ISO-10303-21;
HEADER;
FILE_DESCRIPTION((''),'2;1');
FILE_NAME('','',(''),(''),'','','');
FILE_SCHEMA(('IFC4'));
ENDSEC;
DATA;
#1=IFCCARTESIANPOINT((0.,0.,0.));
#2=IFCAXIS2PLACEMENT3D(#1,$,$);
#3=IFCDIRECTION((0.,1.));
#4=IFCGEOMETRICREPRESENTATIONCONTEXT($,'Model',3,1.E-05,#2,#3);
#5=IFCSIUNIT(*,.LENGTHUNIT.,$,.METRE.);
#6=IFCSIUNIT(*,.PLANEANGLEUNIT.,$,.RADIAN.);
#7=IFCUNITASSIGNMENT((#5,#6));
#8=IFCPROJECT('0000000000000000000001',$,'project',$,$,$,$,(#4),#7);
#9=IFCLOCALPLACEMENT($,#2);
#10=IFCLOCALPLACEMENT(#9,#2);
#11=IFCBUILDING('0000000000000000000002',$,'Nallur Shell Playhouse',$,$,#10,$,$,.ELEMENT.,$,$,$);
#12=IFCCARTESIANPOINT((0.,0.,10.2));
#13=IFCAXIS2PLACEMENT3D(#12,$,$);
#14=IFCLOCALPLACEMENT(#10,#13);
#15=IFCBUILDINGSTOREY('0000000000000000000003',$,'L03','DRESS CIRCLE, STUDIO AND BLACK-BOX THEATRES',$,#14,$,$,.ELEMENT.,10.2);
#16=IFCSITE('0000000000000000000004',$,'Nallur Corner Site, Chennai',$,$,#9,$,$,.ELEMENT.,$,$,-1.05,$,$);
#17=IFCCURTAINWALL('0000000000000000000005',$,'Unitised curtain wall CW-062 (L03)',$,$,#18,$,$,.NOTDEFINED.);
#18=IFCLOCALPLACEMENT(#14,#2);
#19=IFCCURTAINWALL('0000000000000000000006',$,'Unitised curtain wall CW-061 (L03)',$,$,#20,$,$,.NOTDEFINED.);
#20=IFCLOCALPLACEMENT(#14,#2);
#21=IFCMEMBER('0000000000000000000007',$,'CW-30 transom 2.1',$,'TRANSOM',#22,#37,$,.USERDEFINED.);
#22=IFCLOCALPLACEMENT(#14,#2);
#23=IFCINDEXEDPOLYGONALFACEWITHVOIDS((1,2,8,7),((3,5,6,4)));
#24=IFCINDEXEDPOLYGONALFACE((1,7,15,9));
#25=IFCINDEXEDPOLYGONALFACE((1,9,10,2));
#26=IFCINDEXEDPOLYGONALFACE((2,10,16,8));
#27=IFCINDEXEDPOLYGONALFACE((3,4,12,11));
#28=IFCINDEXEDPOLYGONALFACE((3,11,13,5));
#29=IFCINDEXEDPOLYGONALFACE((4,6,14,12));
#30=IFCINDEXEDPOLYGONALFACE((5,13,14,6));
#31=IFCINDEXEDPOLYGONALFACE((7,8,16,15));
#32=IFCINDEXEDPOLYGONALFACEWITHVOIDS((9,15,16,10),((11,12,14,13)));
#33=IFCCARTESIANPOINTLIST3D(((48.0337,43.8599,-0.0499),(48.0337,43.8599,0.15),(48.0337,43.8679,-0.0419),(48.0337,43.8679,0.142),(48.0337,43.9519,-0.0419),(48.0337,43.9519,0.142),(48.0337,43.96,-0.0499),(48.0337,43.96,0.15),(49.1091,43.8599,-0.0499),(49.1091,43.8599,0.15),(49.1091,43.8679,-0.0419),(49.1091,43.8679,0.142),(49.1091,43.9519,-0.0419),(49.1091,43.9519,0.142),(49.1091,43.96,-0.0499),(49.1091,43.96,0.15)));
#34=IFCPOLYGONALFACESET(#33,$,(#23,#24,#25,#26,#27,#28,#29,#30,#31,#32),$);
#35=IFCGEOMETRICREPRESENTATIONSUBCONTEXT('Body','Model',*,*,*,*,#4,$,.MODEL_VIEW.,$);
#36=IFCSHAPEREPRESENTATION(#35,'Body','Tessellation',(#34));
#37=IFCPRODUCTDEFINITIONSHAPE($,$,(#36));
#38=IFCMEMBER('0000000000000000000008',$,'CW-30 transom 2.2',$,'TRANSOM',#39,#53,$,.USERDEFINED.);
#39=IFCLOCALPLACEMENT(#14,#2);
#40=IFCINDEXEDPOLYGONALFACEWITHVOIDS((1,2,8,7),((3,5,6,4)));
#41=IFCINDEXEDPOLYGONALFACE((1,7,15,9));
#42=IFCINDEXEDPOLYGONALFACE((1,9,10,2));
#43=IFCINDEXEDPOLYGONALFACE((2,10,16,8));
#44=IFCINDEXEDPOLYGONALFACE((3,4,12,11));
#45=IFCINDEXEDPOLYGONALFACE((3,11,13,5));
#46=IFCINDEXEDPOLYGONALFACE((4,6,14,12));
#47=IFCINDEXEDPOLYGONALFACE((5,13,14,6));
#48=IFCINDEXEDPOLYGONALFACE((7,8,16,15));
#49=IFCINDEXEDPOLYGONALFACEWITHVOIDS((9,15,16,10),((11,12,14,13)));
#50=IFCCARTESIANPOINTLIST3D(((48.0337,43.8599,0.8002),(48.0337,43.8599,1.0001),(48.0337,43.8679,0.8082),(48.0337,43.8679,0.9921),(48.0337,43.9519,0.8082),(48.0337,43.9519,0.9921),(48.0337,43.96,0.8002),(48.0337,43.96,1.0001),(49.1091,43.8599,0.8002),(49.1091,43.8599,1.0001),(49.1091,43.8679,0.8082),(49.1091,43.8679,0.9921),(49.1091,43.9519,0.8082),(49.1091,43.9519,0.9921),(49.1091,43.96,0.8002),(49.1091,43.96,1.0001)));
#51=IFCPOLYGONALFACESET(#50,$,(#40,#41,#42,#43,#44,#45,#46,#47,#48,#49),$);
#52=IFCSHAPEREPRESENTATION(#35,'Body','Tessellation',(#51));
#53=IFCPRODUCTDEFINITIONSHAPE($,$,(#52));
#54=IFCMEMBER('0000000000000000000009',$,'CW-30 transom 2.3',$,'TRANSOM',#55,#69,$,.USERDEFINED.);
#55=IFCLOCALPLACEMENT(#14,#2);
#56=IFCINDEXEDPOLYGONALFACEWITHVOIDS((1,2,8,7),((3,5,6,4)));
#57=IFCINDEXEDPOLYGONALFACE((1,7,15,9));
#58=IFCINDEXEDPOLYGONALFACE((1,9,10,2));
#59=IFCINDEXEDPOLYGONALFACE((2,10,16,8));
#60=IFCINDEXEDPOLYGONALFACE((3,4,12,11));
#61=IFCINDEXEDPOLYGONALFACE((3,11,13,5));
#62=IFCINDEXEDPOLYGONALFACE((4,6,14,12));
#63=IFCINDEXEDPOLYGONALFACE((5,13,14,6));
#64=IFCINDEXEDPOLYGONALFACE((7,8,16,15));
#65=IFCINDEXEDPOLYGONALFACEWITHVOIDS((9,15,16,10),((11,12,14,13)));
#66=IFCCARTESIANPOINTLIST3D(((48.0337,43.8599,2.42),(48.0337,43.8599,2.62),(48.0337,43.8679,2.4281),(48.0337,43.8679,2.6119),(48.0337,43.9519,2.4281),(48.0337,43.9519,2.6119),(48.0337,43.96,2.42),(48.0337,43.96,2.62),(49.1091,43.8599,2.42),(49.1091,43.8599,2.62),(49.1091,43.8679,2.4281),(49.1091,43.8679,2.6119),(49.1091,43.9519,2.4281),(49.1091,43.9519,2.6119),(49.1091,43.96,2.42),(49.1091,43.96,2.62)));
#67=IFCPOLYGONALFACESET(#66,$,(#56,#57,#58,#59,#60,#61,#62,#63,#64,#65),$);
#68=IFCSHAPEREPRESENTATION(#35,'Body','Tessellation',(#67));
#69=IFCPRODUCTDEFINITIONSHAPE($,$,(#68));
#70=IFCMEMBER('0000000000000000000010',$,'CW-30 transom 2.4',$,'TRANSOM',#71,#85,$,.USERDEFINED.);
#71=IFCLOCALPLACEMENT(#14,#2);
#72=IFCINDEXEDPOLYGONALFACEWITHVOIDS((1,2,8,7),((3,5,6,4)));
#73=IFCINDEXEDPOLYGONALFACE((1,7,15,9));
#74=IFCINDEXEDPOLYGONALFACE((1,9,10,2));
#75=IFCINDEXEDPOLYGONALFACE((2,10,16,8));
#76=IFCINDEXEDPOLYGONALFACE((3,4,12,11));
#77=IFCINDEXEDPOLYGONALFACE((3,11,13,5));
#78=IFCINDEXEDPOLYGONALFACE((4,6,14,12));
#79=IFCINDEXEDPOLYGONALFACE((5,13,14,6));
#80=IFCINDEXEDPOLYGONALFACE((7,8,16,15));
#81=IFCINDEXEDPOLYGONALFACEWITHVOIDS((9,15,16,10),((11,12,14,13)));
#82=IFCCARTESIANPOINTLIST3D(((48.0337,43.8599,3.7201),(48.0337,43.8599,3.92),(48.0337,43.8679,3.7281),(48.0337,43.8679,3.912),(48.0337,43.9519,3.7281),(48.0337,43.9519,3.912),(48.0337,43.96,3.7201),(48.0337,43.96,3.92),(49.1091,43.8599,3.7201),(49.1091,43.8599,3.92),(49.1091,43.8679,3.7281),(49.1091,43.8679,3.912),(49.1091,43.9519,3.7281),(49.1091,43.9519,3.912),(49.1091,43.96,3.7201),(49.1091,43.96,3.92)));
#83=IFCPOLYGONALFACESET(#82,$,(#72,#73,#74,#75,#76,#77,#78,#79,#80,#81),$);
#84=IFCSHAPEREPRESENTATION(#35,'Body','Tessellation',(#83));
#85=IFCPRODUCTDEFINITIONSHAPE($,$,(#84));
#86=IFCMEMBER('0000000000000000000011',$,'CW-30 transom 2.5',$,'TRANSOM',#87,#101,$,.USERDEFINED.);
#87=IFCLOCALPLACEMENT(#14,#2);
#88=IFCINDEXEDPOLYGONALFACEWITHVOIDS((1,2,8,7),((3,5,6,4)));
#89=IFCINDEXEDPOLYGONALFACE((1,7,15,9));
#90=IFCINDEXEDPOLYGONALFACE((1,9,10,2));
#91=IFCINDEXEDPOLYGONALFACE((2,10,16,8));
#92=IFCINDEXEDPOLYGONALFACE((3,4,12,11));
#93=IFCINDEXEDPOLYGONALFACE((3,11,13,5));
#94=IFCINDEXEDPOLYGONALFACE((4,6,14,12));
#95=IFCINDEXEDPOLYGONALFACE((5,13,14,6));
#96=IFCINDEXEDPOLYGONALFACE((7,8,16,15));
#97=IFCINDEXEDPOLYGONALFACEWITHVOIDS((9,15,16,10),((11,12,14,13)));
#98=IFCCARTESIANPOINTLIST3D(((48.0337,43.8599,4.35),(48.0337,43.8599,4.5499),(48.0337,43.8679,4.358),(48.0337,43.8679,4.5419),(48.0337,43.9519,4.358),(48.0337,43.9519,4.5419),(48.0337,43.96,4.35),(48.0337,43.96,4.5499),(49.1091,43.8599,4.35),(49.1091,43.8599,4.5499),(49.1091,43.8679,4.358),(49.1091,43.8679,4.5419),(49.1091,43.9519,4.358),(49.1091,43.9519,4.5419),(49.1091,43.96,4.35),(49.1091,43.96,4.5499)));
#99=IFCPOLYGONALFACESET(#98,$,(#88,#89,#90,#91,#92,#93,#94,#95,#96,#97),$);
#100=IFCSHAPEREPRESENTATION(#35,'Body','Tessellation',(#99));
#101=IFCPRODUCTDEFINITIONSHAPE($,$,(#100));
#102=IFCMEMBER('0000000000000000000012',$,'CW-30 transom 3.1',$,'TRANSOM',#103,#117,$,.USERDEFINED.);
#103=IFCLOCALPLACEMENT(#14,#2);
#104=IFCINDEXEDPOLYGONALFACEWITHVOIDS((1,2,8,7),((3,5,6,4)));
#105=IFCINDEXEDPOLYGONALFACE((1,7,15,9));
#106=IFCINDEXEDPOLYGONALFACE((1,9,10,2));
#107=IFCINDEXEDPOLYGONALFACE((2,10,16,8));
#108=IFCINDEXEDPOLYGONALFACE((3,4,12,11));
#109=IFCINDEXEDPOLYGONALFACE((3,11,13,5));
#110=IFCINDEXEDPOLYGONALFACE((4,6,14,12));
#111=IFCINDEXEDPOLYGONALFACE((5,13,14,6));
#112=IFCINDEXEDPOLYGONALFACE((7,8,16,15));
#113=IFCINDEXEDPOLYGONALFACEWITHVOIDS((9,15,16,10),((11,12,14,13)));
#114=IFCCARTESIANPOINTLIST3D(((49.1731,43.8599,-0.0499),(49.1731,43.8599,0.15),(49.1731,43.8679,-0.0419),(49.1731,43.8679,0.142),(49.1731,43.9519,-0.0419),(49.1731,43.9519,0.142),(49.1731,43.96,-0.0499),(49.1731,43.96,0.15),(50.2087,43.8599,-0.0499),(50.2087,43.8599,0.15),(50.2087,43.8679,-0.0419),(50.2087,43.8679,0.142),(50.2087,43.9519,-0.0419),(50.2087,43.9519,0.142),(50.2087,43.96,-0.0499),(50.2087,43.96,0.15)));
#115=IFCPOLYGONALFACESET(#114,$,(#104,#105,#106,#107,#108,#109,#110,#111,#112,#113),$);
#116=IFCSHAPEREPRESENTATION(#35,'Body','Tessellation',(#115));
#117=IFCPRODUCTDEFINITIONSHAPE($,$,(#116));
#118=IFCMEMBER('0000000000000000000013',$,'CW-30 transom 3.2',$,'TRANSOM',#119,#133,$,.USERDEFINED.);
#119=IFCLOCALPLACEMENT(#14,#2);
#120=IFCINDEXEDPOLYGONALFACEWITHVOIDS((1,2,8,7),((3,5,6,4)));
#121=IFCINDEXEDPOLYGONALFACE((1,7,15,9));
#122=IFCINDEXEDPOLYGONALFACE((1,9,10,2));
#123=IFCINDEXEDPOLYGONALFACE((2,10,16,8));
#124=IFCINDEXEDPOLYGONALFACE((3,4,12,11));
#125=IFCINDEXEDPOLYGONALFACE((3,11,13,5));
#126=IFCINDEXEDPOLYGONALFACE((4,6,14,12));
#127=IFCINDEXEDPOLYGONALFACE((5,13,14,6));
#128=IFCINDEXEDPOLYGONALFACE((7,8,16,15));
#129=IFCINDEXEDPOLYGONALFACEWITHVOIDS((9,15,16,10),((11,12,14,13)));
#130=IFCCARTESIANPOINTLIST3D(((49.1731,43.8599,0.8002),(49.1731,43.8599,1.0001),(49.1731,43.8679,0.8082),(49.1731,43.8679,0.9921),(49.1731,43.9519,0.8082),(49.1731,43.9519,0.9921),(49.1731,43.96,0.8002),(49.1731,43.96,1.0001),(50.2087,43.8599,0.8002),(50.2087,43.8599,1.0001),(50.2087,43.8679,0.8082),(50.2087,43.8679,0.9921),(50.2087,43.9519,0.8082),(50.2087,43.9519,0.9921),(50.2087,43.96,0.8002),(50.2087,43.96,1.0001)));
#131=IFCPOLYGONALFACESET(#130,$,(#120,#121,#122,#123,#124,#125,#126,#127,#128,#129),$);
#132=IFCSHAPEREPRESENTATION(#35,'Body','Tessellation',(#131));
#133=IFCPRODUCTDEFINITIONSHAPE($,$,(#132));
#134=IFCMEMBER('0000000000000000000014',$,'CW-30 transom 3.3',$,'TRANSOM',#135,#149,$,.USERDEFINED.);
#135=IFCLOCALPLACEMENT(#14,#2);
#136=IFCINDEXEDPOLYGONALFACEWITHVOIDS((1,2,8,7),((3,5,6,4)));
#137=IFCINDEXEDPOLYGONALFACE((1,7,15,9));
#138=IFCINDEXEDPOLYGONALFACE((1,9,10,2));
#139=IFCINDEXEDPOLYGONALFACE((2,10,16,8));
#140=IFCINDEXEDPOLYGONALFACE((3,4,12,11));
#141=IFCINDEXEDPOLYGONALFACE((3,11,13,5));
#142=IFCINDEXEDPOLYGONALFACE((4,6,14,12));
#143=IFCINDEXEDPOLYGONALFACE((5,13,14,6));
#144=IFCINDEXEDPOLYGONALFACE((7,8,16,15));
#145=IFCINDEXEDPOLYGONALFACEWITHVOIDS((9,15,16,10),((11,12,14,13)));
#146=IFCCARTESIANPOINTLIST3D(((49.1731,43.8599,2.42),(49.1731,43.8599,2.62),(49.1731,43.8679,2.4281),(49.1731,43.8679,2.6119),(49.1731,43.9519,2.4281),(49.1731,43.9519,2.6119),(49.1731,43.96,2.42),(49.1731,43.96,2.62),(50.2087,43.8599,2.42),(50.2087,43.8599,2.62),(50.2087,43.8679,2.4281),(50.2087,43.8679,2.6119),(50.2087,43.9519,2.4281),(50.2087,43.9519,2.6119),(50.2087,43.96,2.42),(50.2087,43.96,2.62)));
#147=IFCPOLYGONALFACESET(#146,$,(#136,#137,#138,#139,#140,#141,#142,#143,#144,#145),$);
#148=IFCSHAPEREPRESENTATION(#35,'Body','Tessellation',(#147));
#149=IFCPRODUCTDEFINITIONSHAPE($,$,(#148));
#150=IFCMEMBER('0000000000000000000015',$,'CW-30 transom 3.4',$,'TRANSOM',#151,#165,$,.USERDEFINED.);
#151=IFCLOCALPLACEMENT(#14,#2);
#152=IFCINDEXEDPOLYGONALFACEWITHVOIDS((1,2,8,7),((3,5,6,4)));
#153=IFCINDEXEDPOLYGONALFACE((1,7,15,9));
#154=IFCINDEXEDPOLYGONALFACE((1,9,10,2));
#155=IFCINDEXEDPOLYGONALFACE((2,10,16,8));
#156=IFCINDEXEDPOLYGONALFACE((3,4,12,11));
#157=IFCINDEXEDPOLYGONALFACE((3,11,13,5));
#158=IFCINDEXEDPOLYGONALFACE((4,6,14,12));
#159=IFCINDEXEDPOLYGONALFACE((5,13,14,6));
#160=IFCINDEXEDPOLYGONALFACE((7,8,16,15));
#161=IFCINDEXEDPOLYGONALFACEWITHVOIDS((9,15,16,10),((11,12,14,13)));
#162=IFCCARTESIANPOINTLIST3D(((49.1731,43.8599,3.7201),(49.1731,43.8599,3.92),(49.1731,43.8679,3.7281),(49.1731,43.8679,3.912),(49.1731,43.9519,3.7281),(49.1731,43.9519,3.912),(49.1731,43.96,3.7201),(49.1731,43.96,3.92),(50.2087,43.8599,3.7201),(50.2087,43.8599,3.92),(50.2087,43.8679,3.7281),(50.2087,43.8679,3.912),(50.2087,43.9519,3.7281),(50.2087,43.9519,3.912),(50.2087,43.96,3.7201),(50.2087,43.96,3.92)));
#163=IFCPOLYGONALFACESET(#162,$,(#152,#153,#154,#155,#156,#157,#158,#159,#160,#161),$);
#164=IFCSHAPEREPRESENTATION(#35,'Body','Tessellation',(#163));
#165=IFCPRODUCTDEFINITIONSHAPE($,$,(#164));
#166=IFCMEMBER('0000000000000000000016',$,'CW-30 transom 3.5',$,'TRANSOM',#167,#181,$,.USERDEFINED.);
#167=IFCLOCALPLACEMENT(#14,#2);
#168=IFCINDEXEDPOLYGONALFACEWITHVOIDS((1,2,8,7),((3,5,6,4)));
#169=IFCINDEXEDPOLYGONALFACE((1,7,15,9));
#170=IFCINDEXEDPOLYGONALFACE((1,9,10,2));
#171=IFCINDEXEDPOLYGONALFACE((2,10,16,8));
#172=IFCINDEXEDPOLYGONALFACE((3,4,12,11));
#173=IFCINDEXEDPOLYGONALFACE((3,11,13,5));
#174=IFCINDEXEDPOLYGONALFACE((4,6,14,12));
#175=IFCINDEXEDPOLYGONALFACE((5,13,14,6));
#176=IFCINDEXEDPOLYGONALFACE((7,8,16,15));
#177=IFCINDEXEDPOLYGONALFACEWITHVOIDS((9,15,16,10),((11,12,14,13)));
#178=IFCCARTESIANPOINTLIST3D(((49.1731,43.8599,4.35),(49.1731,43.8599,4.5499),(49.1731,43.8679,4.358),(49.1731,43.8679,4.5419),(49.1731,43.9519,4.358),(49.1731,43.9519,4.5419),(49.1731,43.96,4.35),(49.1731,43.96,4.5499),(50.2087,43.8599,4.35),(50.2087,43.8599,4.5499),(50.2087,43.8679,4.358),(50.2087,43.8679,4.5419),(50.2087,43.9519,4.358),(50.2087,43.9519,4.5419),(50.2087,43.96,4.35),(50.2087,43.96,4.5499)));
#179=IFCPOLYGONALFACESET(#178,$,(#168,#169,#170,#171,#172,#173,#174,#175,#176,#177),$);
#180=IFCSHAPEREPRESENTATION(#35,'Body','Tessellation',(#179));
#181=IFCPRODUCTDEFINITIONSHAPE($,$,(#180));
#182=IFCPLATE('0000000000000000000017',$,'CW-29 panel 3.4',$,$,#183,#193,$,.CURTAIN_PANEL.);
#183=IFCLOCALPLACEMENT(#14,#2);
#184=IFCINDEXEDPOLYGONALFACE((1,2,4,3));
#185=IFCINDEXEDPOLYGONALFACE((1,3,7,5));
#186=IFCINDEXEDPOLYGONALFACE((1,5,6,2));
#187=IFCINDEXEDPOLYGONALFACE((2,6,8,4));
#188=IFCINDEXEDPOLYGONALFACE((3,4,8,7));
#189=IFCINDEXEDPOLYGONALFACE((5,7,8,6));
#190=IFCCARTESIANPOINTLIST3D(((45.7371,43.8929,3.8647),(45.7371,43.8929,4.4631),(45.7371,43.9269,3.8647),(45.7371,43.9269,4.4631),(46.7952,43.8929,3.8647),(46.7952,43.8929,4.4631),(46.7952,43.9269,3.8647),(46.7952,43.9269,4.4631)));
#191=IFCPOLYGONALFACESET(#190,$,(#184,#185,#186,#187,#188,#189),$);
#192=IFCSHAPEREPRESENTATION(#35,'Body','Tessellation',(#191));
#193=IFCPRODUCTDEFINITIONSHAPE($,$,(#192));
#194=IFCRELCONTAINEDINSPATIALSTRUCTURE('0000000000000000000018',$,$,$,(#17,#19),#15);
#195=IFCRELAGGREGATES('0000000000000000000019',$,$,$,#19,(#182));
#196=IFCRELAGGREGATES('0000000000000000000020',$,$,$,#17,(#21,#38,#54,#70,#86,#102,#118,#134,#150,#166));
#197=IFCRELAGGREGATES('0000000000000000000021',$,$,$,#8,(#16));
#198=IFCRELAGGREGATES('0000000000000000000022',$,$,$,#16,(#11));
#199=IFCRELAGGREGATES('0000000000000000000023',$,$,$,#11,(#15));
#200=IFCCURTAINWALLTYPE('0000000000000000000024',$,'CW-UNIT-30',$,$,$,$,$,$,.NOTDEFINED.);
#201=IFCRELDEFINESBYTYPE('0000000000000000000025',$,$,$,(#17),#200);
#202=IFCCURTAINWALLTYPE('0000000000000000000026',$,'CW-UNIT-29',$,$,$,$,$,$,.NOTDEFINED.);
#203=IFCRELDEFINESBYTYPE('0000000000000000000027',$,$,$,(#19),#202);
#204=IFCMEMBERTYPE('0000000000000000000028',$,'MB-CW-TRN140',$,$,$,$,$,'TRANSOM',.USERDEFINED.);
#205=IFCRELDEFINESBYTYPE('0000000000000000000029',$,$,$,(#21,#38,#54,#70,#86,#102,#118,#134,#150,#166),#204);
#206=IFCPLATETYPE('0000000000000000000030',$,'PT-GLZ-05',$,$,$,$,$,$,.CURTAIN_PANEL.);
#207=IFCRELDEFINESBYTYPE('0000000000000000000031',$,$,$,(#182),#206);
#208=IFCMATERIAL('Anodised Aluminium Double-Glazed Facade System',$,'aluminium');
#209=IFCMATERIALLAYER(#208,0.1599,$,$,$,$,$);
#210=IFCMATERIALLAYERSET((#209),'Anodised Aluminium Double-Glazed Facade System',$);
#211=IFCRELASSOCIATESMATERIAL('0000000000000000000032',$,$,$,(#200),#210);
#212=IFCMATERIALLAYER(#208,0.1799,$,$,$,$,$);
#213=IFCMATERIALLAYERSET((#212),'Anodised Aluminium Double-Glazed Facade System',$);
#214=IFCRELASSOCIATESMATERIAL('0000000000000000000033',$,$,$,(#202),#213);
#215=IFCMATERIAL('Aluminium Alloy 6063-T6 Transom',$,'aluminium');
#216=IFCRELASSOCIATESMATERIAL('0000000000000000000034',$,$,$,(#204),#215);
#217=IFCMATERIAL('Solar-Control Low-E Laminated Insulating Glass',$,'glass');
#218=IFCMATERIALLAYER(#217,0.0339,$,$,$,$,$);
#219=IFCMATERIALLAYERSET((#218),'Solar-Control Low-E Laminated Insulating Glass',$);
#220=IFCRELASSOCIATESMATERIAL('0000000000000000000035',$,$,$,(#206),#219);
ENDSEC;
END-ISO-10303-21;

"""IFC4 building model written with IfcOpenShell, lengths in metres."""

from ifc_helpers import new_model, si_unit, direction, frame, origin, origin_2d, place, context, subcontext, project, spatial, rectangle, hollow_rectangle, extrude, material, layer, layer_set, material_profile, profile_set, type_object, element, aggregate, save


model = new_model("IFC4")

# Units and contexts
model_context = context("Model", 3, precision=1e-05, world=origin(), true_north=direction((0.0, 1.0)))
body_context = subcontext(model_context, "Body", "Model", "MODEL_VIEW")
ifc_project = project(units=[si_unit("LENGTHUNIT", "METRE"), si_unit("PLANEANGLEUNIT", "RADIAN")], contexts=[model_context])

# Site, building, storey
site_placement = place(None, origin())
site = spatial("IfcSite", under=ifc_project, at=site_placement, Name="Nallur Corner Site, Chennai", CompositionType="ELEMENT", RefElevation=-1.05)
building_placement = place(site_placement, origin())
building = spatial("IfcBuilding", under=site, at=building_placement, Name="Nallur Shell Playhouse", CompositionType="ELEMENT")
storey_placement = place(building_placement, frame((0.0, 0.0, 10.2)))
storey = spatial("IfcBuildingStorey", under=building, at=storey_placement, Name="L03", Description="DRESS CIRCLE, STUDIO AND BLACK-BOX THEATRES", CompositionType="ELEMENT", Elevation=10.2)

# Curtain wall
ifc_material_1 = material(Name="Anodised Aluminium Double-Glazed Facade System", Category="aluminium")
ifc_layer_1 = layer(ifc_material_1, 0.1599)
ifc_layer_set_1 = layer_set([ifc_layer_1], Name="Anodised Aluminium Double-Glazed Facade System")
curtain_wall_type_1 = type_object("IfcCurtainWallType", Name="CW-UNIT-30", PredefinedType="NOTDEFINED", material=ifc_layer_set_1)
curtain_wall_1_placement = place(storey_placement, origin())
curtain_wall_1 = element("IfcCurtainWall", 1, at=curtain_wall_1_placement, inside=storey, type_object=curtain_wall_type_1, Name="Unitised curtain wall CW-062 (L03)", PredefinedType="NOTDEFINED")

# Curtain wall
ifc_layer_2 = layer(ifc_material_1, 0.1799)
ifc_layer_set_2 = layer_set([ifc_layer_2], Name="Anodised Aluminium Double-Glazed Facade System")
curtain_wall_type_2 = type_object("IfcCurtainWallType", Name="CW-UNIT-29", PredefinedType="NOTDEFINED", material=ifc_layer_set_2)
curtain_wall_2_placement = place(storey_placement, origin())
curtain_wall_2 = element("IfcCurtainWall", 2, at=curtain_wall_2_placement, inside=storey, type_object=curtain_wall_type_2, Name="Unitised curtain wall CW-061 (L03)", PredefinedType="NOTDEFINED")

# Members
ifc_material_2 = material(Name="Aluminium Alloy 6063-T6 Transom", Category="aluminium")
ifc_material_profile_1 = material_profile(ifc_material_2, hollow_rectangle(XDim=0.1001, YDim=0.2, WallThickness=0.0081, at=origin_2d()), Name="RHS 200x100x8")
ifc_profile_set_1 = profile_set([ifc_material_profile_1], Name="Aluminium Alloy 6063-T6 Transom")
member_type_1 = type_object("IfcMemberType", Name="MB-CW-TRN140", ElementType="TRANSOM", PredefinedType="USERDEFINED", material=ifc_profile_set_1)
member_1_placement = place(storey_placement, frame((48.0337, 43.9099, 0.05), z_axis=(1.0, 0.0, 0.0), x_axis=(0.0, 1.0, 0.0)))
member_1 = element("IfcMember", 3, at=member_1_placement, type_object=member_type_1, Name="CW-30 transom 2.1", ObjectType="TRANSOM", PredefinedType="USERDEFINED", context=body_context, shape_type="SweptSolid", body=[
    extrude(hollow_rectangle(XDim=0.1001, YDim=0.2, WallThickness=0.0081, at=origin_2d()), origin(), (0.0, 0.0, 1.0), 1.0754),
])
member_2_placement = place(storey_placement, frame((48.0337, 43.9099, 0.9001), z_axis=(1.0, 0.0, 0.0), x_axis=(0.0, 1.0, 0.0)))
member_2 = element("IfcMember", 4, at=member_2_placement, type_object=member_type_1, Name="CW-30 transom 2.2", ObjectType="TRANSOM", PredefinedType="USERDEFINED", context=body_context, shape_type="SweptSolid", body=[
    extrude(hollow_rectangle(XDim=0.1001, YDim=0.2, WallThickness=0.0081, at=origin_2d()), origin(), (0.0, 0.0, 1.0), 1.0754),
])
member_3_placement = place(storey_placement, frame((48.0337, 43.9099, 2.52), z_axis=(1.0, 0.0, 0.0), x_axis=(0.0, 1.0, 0.0)))
member_3 = element("IfcMember", 5, at=member_3_placement, type_object=member_type_1, Name="CW-30 transom 2.3", ObjectType="TRANSOM", PredefinedType="USERDEFINED", context=body_context, shape_type="SweptSolid", body=[
    extrude(hollow_rectangle(XDim=0.1001, YDim=0.2, WallThickness=0.0081, at=origin_2d()), origin(), (0.0, 0.0, 1.0), 1.0754),
])
member_4_placement = place(storey_placement, frame((48.0337, 43.9099, 3.8201), z_axis=(1.0, 0.0, 0.0), x_axis=(0.0, 1.0, 0.0)))
member_4 = element("IfcMember", 6, at=member_4_placement, type_object=member_type_1, Name="CW-30 transom 2.4", ObjectType="TRANSOM", PredefinedType="USERDEFINED", context=body_context, shape_type="SweptSolid", body=[
    extrude(hollow_rectangle(XDim=0.1001, YDim=0.2, WallThickness=0.0081, at=origin_2d()), origin(), (0.0, 0.0, 1.0), 1.0754),
])
member_5_placement = place(storey_placement, frame((48.0337, 43.9099, 4.45), z_axis=(1.0, 0.0, 0.0), x_axis=(0.0, 1.0, 0.0)))
member_5 = element("IfcMember", 7, at=member_5_placement, type_object=member_type_1, Name="CW-30 transom 2.5", ObjectType="TRANSOM", PredefinedType="USERDEFINED", context=body_context, shape_type="SweptSolid", body=[
    extrude(hollow_rectangle(XDim=0.1001, YDim=0.2, WallThickness=0.0081, at=origin_2d()), origin(), (0.0, 0.0, 1.0), 1.0754),
])
member_6_placement = place(storey_placement, frame((49.1731, 43.9099, 0.05), z_axis=(1.0, 0.0, 0.0), x_axis=(0.0, 1.0, 0.0)))
member_6 = element("IfcMember", 8, at=member_6_placement, type_object=member_type_1, Name="CW-30 transom 3.1", ObjectType="TRANSOM", PredefinedType="USERDEFINED", context=body_context, shape_type="SweptSolid", body=[
    extrude(hollow_rectangle(XDim=0.1001, YDim=0.2, WallThickness=0.0081, at=origin_2d()), origin(), (0.0, 0.0, 1.0), 1.0356),
])
member_7_placement = place(storey_placement, frame((49.1731, 43.9099, 0.9001), z_axis=(1.0, 0.0, 0.0), x_axis=(0.0, 1.0, 0.0)))
member_7 = element("IfcMember", 9, at=member_7_placement, type_object=member_type_1, Name="CW-30 transom 3.2", ObjectType="TRANSOM", PredefinedType="USERDEFINED", context=body_context, shape_type="SweptSolid", body=[
    extrude(hollow_rectangle(XDim=0.1001, YDim=0.2, WallThickness=0.0081, at=origin_2d()), origin(), (0.0, 0.0, 1.0), 1.0356),
])
member_8_placement = place(storey_placement, frame((49.1731, 43.9099, 2.52), z_axis=(1.0, 0.0, 0.0), x_axis=(0.0, 1.0, 0.0)))
member_8 = element("IfcMember", 10, at=member_8_placement, type_object=member_type_1, Name="CW-30 transom 3.3", ObjectType="TRANSOM", PredefinedType="USERDEFINED", context=body_context, shape_type="SweptSolid", body=[
    extrude(hollow_rectangle(XDim=0.1001, YDim=0.2, WallThickness=0.0081, at=origin_2d()), origin(), (0.0, 0.0, 1.0), 1.0356),
])
member_9_placement = place(storey_placement, frame((49.1731, 43.9099, 3.8201), z_axis=(1.0, 0.0, 0.0), x_axis=(0.0, 1.0, 0.0)))
member_9 = element("IfcMember", 11, at=member_9_placement, type_object=member_type_1, Name="CW-30 transom 3.4", ObjectType="TRANSOM", PredefinedType="USERDEFINED", context=body_context, shape_type="SweptSolid", body=[
    extrude(hollow_rectangle(XDim=0.1001, YDim=0.2, WallThickness=0.0081, at=origin_2d()), origin(), (0.0, 0.0, 1.0), 1.0356),
])
member_10_placement = place(storey_placement, frame((49.1731, 43.9099, 4.45), z_axis=(1.0, 0.0, 0.0), x_axis=(0.0, 1.0, 0.0)))
member_10 = element("IfcMember", 12, at=member_10_placement, type_object=member_type_1, Name="CW-30 transom 3.5", ObjectType="TRANSOM", PredefinedType="USERDEFINED", context=body_context, shape_type="SweptSolid", body=[
    extrude(hollow_rectangle(XDim=0.1001, YDim=0.2, WallThickness=0.0081, at=origin_2d()), origin(), (0.0, 0.0, 1.0), 1.0356),
])

# Plate
ifc_material_3 = material(Name="Solar-Control Low-E Laminated Insulating Glass", Category="glass")
ifc_layer_3 = layer(ifc_material_3, 0.0339)
ifc_layer_set_3 = layer_set([ifc_layer_3], Name="Solar-Control Low-E Laminated Insulating Glass")
plate_type_1 = type_object("IfcPlateType", Name="PT-GLZ-05", PredefinedType="CURTAIN_PANEL", material=ifc_layer_set_3)
plate_1_placement = place(storey_placement, frame((46.2661, 43.9099, 3.8647), z_axis=(0.0, 0.0, 1.0), x_axis=(1.0, 0.0, 0.0)))
plate_1 = element("IfcPlate", 13, at=plate_1_placement, type_object=plate_type_1, Name="CW-29 panel 3.4", PredefinedType="CURTAIN_PANEL", context=body_context, shape_type="SweptSolid", body=[
    extrude(rectangle(XDim=1.0581, YDim=0.0339, at=origin_2d()), origin(), (0.0, 0.0, 1.0), 0.5984),
])
aggregate(curtain_wall_2, [plate_1])
aggregate(curtain_wall_1, [member_1, member_2, member_3, member_4, member_5, member_6, member_7, member_8, member_9, member_10])

save(model, "model.ifc")
